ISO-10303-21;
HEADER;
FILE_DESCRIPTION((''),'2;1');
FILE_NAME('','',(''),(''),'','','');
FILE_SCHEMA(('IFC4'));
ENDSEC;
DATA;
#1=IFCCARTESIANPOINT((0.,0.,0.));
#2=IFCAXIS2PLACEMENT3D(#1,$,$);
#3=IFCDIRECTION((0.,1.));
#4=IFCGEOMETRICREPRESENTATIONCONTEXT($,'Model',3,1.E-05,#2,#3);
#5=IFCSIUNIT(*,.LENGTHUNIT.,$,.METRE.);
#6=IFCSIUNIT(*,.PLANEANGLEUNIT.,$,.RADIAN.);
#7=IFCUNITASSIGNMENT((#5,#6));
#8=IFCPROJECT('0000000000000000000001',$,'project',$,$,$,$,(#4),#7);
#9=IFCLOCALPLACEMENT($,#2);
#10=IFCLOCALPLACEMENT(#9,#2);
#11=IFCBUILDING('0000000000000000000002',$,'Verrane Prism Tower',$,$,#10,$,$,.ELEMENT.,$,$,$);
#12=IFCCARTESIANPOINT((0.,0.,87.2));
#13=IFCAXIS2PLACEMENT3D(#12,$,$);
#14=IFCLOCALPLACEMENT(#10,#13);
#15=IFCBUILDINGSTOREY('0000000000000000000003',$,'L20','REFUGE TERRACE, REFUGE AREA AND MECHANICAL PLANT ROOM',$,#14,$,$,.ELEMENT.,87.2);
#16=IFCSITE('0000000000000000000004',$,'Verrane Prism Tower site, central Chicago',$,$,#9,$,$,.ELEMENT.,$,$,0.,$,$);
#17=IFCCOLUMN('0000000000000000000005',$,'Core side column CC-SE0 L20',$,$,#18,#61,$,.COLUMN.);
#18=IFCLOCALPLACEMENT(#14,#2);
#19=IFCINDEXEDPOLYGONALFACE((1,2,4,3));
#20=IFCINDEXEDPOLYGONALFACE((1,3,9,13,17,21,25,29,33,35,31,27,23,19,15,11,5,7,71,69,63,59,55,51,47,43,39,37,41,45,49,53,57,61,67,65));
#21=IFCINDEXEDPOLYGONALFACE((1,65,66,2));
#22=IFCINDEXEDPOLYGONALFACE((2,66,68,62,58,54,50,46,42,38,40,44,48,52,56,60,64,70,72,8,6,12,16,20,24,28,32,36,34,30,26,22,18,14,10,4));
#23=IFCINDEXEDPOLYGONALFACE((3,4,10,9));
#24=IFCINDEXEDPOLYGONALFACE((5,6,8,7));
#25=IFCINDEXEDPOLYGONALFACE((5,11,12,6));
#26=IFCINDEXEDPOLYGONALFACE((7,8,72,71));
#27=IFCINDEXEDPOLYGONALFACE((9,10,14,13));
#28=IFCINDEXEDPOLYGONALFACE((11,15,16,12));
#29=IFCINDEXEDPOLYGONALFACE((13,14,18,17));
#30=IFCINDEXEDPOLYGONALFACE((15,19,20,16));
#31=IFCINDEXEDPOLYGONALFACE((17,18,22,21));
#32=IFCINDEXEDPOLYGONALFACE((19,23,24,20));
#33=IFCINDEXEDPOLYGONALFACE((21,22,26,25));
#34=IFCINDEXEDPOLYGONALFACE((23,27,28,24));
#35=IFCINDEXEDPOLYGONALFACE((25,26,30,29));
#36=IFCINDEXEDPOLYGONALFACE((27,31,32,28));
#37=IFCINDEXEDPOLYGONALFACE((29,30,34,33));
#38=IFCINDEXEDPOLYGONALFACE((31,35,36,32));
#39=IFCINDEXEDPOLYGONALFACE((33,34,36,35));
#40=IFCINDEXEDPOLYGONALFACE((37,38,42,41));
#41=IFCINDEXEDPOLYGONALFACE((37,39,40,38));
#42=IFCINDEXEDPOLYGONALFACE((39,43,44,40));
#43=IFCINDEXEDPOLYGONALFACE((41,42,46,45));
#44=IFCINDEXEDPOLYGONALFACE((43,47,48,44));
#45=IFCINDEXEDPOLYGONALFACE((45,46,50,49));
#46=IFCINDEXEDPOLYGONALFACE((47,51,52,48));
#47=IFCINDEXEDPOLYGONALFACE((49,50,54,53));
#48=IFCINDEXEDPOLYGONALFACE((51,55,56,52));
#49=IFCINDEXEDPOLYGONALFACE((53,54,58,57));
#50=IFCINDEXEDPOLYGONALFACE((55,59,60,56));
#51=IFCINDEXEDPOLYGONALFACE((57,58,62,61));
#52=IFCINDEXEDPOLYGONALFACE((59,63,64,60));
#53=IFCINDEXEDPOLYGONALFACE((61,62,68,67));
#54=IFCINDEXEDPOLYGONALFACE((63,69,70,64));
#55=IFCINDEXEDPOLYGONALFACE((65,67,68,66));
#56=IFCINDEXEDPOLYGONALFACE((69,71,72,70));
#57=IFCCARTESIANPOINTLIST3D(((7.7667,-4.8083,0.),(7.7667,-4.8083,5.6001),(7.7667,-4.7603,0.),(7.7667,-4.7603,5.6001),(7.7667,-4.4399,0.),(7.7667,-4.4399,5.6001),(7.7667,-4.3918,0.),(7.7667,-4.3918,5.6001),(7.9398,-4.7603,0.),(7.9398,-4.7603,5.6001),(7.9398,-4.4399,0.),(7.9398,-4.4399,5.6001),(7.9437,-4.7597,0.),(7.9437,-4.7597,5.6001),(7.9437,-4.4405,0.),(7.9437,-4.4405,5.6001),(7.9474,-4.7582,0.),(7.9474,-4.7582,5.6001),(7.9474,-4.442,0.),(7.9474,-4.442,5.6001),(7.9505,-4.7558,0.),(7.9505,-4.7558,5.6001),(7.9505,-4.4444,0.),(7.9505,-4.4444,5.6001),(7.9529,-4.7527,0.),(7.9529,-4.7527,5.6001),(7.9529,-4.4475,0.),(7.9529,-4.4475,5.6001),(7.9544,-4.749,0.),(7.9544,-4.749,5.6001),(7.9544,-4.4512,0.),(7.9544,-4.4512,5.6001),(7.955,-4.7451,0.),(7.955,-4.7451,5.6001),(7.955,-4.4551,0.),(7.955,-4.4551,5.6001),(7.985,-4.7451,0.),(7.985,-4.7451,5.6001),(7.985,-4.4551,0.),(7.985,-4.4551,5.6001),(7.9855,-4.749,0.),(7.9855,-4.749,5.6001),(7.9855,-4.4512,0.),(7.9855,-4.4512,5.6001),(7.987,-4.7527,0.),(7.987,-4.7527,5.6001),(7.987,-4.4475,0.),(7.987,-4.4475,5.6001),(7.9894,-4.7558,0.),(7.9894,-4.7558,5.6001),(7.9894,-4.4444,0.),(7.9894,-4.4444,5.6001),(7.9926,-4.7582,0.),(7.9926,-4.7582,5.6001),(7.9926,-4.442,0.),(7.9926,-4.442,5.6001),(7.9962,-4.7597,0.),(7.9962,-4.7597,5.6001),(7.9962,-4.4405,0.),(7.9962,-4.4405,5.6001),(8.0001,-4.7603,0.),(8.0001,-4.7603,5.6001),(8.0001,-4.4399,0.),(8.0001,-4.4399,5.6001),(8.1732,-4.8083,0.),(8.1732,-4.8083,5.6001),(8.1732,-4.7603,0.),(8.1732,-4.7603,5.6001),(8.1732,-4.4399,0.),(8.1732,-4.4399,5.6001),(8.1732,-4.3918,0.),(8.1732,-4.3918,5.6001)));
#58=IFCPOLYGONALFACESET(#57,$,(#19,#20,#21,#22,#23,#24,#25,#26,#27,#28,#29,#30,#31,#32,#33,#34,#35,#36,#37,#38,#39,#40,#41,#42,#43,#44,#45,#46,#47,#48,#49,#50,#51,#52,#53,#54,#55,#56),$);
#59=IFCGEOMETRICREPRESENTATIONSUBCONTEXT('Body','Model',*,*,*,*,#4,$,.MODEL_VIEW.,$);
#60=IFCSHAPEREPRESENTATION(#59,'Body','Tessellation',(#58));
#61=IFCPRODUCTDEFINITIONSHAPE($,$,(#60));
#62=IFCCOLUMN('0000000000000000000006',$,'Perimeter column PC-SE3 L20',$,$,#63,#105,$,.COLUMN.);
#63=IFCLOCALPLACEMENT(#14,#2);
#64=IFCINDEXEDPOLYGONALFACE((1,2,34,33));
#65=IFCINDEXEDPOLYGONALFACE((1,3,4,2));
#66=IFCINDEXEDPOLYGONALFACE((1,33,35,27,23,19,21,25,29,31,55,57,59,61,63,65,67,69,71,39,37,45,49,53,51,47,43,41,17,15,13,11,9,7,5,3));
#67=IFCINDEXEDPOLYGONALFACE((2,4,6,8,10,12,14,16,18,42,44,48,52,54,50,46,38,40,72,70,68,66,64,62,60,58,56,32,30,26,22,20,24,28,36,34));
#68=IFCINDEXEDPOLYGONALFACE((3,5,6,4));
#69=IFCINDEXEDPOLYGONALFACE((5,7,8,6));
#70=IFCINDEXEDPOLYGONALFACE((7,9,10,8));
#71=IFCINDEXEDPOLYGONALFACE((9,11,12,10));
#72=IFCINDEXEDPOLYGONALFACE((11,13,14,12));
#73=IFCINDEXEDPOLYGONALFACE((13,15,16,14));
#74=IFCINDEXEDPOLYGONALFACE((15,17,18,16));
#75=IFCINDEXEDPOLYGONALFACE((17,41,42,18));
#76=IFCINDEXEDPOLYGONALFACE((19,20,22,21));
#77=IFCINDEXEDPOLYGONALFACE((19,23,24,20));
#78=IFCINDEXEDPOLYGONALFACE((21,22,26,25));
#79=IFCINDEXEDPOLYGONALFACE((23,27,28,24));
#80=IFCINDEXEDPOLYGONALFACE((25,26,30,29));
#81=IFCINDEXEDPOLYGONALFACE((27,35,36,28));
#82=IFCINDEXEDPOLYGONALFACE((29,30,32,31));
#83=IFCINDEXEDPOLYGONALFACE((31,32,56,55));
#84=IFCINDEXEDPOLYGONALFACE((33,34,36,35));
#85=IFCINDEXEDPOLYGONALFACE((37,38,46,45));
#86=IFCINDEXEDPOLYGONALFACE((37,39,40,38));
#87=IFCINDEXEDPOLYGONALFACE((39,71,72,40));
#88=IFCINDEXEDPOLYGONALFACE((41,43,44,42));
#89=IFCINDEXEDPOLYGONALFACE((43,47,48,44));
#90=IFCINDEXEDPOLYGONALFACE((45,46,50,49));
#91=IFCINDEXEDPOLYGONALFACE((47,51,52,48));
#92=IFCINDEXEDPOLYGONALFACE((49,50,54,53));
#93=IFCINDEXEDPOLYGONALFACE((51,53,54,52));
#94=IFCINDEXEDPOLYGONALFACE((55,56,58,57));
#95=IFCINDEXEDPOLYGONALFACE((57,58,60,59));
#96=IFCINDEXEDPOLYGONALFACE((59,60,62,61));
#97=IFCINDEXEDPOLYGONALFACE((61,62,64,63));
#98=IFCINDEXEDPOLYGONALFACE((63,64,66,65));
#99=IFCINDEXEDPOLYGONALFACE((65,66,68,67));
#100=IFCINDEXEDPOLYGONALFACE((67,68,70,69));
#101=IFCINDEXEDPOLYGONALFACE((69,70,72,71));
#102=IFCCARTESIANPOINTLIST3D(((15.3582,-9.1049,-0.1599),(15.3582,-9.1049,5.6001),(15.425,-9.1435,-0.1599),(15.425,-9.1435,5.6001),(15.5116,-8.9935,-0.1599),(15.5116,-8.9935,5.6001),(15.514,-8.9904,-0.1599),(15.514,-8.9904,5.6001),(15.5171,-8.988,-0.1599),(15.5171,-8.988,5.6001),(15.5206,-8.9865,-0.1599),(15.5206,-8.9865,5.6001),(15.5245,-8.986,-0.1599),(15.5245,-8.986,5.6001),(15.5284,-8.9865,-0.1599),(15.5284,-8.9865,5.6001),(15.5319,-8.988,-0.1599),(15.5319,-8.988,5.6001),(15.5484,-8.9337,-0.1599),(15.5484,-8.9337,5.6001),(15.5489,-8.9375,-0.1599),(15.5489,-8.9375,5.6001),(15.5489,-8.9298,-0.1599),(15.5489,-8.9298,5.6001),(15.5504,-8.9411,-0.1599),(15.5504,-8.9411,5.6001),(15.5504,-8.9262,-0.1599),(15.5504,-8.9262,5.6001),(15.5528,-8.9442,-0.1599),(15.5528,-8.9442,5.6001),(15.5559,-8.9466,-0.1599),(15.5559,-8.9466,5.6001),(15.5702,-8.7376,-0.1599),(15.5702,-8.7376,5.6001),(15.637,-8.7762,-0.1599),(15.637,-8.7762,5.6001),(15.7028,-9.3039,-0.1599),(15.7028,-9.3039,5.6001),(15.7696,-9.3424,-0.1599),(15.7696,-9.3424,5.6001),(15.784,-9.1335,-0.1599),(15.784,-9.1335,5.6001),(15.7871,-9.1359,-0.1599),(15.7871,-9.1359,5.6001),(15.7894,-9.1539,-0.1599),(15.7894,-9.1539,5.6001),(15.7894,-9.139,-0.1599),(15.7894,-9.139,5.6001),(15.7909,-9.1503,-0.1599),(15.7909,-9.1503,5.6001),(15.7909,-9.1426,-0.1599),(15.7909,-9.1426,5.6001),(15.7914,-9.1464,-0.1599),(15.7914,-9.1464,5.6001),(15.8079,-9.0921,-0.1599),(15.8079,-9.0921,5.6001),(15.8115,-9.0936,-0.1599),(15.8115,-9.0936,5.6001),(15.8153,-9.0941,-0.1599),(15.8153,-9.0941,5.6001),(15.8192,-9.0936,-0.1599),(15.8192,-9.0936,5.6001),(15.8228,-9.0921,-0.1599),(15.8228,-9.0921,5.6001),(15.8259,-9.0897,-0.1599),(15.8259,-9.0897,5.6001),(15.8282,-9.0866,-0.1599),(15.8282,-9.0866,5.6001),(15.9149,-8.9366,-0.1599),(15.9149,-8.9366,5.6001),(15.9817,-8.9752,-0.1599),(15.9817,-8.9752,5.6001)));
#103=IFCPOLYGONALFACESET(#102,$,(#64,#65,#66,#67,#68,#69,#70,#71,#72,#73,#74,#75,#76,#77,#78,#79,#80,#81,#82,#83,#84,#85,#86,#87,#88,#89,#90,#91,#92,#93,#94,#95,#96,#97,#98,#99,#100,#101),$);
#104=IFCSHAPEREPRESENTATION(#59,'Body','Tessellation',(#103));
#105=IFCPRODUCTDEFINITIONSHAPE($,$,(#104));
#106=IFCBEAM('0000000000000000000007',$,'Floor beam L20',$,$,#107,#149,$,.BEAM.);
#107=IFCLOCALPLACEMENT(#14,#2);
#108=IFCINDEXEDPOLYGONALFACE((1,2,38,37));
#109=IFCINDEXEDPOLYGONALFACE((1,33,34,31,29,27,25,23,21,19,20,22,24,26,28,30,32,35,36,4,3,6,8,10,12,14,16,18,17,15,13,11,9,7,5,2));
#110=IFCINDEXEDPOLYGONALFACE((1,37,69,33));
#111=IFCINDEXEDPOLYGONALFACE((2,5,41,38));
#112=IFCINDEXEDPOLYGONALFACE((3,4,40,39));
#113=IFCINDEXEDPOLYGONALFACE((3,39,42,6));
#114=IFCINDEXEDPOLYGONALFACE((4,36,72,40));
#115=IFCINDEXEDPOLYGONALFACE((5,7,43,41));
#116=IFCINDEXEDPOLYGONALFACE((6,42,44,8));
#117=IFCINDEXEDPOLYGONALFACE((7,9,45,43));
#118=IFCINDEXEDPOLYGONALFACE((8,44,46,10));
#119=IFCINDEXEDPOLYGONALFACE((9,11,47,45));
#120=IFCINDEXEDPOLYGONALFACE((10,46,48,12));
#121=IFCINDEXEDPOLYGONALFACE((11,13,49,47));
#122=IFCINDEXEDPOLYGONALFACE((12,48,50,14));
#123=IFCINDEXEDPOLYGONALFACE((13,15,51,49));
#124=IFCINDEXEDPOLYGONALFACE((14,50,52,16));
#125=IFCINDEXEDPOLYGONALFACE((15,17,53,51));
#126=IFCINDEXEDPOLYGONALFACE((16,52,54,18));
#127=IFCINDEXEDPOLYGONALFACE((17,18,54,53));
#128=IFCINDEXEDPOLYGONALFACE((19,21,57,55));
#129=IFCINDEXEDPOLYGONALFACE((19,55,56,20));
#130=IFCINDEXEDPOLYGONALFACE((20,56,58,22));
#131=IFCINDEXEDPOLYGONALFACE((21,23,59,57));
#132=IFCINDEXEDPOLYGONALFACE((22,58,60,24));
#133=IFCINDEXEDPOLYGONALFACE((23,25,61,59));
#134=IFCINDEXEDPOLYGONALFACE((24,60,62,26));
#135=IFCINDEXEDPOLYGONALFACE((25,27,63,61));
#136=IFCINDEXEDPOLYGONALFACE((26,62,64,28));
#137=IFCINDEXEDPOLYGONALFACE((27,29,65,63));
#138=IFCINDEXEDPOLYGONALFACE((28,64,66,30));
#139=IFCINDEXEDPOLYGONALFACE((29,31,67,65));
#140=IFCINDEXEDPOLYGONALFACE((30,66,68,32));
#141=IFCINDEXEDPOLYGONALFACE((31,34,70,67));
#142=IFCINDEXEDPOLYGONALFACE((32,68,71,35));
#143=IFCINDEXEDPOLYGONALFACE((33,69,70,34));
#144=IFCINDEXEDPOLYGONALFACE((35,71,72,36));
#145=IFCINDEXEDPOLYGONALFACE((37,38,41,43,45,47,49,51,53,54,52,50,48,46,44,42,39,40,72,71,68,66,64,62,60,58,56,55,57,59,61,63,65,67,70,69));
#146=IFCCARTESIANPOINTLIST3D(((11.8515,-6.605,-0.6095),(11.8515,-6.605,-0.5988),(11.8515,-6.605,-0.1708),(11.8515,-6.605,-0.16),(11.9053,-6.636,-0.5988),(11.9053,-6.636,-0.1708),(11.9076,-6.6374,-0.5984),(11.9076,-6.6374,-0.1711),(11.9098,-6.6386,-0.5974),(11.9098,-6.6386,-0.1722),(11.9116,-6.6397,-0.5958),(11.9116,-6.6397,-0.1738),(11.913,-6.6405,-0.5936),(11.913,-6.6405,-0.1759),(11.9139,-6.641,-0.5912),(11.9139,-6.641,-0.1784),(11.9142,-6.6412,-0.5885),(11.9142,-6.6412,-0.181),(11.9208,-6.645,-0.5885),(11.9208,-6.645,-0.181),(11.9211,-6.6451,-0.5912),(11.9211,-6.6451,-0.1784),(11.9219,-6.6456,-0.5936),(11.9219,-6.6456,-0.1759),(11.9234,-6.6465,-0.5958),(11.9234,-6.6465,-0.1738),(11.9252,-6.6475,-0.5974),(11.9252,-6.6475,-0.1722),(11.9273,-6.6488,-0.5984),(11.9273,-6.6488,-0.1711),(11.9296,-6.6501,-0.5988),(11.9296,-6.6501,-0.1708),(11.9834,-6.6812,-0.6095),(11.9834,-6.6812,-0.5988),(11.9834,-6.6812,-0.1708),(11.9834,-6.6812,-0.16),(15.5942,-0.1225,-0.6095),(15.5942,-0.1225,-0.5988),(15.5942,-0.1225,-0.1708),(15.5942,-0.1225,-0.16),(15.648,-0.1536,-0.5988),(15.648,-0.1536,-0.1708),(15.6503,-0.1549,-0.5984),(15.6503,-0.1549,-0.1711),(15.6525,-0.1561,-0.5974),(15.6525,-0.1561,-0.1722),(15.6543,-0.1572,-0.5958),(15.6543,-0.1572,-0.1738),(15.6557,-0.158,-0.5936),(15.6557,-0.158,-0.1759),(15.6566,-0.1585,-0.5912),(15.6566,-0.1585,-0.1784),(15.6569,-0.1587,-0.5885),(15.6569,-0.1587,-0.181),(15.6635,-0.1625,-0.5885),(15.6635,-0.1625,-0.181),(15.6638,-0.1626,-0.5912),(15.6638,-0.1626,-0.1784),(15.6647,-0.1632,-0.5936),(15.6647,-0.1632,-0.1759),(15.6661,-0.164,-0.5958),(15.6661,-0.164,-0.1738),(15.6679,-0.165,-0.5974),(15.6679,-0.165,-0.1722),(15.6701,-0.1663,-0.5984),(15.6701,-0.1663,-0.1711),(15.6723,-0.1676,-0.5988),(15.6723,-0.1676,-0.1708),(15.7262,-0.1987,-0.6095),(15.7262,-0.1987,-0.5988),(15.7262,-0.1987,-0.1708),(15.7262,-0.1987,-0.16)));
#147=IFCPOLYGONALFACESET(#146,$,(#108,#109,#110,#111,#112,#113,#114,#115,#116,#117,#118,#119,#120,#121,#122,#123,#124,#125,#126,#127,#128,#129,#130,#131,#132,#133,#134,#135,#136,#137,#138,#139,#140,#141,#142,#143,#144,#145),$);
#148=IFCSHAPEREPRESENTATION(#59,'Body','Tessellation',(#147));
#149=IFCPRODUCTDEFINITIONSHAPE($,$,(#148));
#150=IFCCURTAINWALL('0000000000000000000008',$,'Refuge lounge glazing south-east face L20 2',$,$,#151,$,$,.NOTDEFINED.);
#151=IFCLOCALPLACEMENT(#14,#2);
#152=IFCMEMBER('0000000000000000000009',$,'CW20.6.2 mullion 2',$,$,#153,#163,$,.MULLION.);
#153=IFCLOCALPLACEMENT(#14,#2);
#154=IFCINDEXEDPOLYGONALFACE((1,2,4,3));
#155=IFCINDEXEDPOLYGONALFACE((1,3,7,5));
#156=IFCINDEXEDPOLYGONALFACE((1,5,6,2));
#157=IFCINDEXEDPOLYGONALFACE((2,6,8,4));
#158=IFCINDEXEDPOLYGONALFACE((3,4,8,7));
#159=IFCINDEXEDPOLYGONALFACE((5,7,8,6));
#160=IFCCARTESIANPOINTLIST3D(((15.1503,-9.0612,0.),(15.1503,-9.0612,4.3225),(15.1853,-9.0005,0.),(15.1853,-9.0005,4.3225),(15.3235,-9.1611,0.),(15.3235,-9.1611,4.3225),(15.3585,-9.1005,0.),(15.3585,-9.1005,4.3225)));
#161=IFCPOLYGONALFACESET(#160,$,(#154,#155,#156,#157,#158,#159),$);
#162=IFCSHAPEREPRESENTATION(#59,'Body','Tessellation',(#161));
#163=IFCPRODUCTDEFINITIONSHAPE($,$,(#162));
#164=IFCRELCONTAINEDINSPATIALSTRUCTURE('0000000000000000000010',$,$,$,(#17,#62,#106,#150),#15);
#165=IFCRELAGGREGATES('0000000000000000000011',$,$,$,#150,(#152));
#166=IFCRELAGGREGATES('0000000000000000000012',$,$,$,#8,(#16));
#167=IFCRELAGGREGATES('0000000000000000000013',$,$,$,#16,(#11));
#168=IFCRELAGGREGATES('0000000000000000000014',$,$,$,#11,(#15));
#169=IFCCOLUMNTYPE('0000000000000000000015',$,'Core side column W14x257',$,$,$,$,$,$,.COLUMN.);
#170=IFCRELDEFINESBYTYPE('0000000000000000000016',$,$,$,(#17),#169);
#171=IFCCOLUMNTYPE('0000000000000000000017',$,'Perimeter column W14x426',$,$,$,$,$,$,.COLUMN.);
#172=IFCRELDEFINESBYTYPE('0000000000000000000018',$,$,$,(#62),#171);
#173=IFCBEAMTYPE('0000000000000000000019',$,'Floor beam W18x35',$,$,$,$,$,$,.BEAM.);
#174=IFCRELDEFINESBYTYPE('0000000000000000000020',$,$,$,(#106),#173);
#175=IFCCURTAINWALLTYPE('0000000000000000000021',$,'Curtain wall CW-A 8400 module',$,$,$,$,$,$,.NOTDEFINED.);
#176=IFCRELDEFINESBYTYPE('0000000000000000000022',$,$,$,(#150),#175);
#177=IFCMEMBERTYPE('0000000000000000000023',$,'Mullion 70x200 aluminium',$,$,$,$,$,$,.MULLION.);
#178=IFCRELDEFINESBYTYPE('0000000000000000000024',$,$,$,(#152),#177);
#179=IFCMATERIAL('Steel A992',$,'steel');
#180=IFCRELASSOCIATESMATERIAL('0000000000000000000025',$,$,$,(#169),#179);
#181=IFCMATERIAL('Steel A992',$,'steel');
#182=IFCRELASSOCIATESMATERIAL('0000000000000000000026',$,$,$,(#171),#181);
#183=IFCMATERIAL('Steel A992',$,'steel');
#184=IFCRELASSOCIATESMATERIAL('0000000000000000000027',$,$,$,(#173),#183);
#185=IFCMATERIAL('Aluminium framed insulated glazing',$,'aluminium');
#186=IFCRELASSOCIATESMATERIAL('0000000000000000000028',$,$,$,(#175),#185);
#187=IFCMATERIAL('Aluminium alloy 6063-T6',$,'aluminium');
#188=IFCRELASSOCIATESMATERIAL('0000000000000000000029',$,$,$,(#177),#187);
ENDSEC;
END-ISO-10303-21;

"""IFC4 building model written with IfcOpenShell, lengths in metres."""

from ifc_helpers import new_model, si_unit, direction, frame, origin, origin_2d, place, context, subcontext, project, spatial, rectangle, i_section, extrude, material, material_profile, profile_set, type_object, element, aggregate, save


model = new_model("IFC4")

# Units and contexts
model_context = context("Model", 3, precision=1e-05, world=origin(), true_north=direction((0.0, 1.0)))
body_context = subcontext(model_context, "Body", "Model", "MODEL_VIEW")
ifc_project = project(units=[si_unit("LENGTHUNIT", "METRE"), si_unit("PLANEANGLEUNIT", "RADIAN")], contexts=[model_context])

# Site, building, storey
site_placement = place(None, origin())
site = spatial("IfcSite", under=ifc_project, at=site_placement, Name="Verrane Prism Tower site, central Chicago", CompositionType="ELEMENT", RefElevation=0.0)
building_placement = place(site_placement, origin())
building = spatial("IfcBuilding", under=site, at=building_placement, Name="Verrane Prism Tower", CompositionType="ELEMENT")
storey_placement = place(building_placement, frame((0.0, 0.0, 87.2)))
storey = spatial("IfcBuildingStorey", under=building, at=storey_placement, Name="L20", Description="REFUGE TERRACE, REFUGE AREA AND MECHANICAL PLANT ROOM", CompositionType="ELEMENT", Elevation=87.2)

# Columns
ifc_material_1 = material(Name="Steel A992", Category="steel")
ifc_material_profile_1 = material_profile(ifc_material_1, i_section(OverallWidth=0.4065, OverallDepth=0.4165, WebThickness=0.03, FlangeThickness=0.0481, FilletRadius=0.0151, at=origin_2d()), Name="W14x257")
ifc_profile_set_1 = profile_set([ifc_material_profile_1], Name="Steel A992")
column_type_1 = type_object("IfcColumnType", Name="Core side column W14x257", PredefinedType="COLUMN", material=ifc_profile_set_1)
column_1_placement = place(storey_placement, frame((7.97, -4.6001, 0.0), z_axis=(0.0, 0.0, 1.0), x_axis=(1.0, 0.0, 0.0)))
element("IfcColumn", 1, at=column_1_placement, inside=storey, type_object=column_type_1, Name="Core side column CC-SE0 L20", PredefinedType="COLUMN", context=body_context, shape_type="SweptSolid", body=[
    extrude(i_section(OverallWidth=0.4065, OverallDepth=0.4165, WebThickness=0.03, FlangeThickness=0.0481, FilletRadius=0.0151, at=origin_2d()), origin(), (0.0, 0.0, 1.0), 5.6001),
])
ifc_material_2 = material(Name="Steel A992", Category="steel")
ifc_material_profile_2 = material_profile(ifc_material_2, i_section(OverallWidth=0.4241, OverallDepth=0.4751, WebThickness=0.0479, FlangeThickness=0.0771, FilletRadius=0.0149, at=origin_2d()), Name="W14x426")
ifc_profile_set_2 = profile_set([ifc_material_profile_2], Name="Steel A992")
column_type_2 = type_object("IfcColumnType", Name="Perimeter column W14x426", PredefinedType="COLUMN", material=ifc_profile_set_2)
column_2_placement = place(storey_placement, frame((15.6699, -9.04, -0.1599), z_axis=(0.0, 0.0, 1.0), x_axis=(-0.5, -0.866025, 0.0)))
element("IfcColumn", 2, at=column_2_placement, inside=storey, type_object=column_type_2, Name="Perimeter column PC-SE3 L20", PredefinedType="COLUMN", context=body_context, shape_type="SweptSolid", body=[
    extrude(i_section(OverallWidth=0.4241, OverallDepth=0.4751, WebThickness=0.0479, FlangeThickness=0.0771, FilletRadius=0.0149, at=origin_2d()), origin(), (0.0, 0.0, 1.0), 5.76),
])

# Beam
ifc_material_3 = material(Name="Steel A992", Category="steel")
ifc_material_profile_3 = material_profile(ifc_material_3, i_section(OverallWidth=0.1523, OverallDepth=0.4495, WebThickness=0.0076, FlangeThickness=0.0107, FilletRadius=0.0103, at=origin_2d()), Name="W18x35")
ifc_profile_set_3 = profile_set([ifc_material_profile_3], Name="Steel A992")
beam_type_1 = type_object("IfcBeamType", Name="Floor beam W18x35", PredefinedType="BEAM", material=ifc_profile_set_3)
beam_1_placement = place(storey_placement, frame((11.9175, -6.6431, -0.3848), z_axis=(0.500005, 0.866023, 0.0), x_axis=(-0.866023, 0.500005, 0.0)))
element("IfcBeam", 3, at=beam_1_placement, inside=storey, type_object=beam_type_1, Name="Floor beam L20", PredefinedType="BEAM", context=body_context, shape_type="SweptSolid", body=[
    extrude(i_section(OverallWidth=0.1523, OverallDepth=0.4495, WebThickness=0.0076, FlangeThickness=0.0107, FilletRadius=0.0103, at=origin_2d()), origin(), (0.0, 0.0, 1.0), 7.4854),
])

# Curtain wall, member
ifc_material_4 = material(Name="Aluminium framed insulated glazing", Category="aluminium")
curtain_wall_type = type_object("IfcCurtainWallType", Name="Curtain wall CW-A 8400 module", PredefinedType="NOTDEFINED", material=ifc_material_4)
curtain_wall_placement = place(storey_placement, origin())
curtain_wall = element("IfcCurtainWall", 4, at=curtain_wall_placement, inside=storey, type_object=curtain_wall_type, Name="Refuge lounge glazing south-east face L20 2", PredefinedType="NOTDEFINED")
ifc_material_5 = material(Name="Aluminium alloy 6063-T6", Category="aluminium")
ifc_material_profile_4 = material_profile(ifc_material_5, rectangle(XDim=0.2, YDim=0.0701, at=origin_2d()), Name="Mullion 70x200 aluminium")
ifc_profile_set_4 = profile_set([ifc_material_profile_4], Name="Aluminium alloy 6063-T6")
member_type = type_object("IfcMemberType", Name="Mullion 70x200 aluminium", PredefinedType="MULLION", material=ifc_profile_set_4)
member_placement = place(storey_placement, frame((15.2544, -9.0808, 0.0), z_axis=(0.0, 0.0, 1.0), x_axis=(-0.866023, 0.500003, 0.0)))
member = element("IfcMember", 5, at=member_placement, type_object=member_type, Name="CW20.6.2 mullion 2", PredefinedType="MULLION", context=body_context, shape_type="SweptSolid", body=[
    extrude(rectangle(XDim=0.2, YDim=0.0701, at=origin_2d()), origin(), (0.0, 0.0, 1.0), 4.3225),
])
aggregate(curtain_wall, [member])

save(model, "model.ifc")
